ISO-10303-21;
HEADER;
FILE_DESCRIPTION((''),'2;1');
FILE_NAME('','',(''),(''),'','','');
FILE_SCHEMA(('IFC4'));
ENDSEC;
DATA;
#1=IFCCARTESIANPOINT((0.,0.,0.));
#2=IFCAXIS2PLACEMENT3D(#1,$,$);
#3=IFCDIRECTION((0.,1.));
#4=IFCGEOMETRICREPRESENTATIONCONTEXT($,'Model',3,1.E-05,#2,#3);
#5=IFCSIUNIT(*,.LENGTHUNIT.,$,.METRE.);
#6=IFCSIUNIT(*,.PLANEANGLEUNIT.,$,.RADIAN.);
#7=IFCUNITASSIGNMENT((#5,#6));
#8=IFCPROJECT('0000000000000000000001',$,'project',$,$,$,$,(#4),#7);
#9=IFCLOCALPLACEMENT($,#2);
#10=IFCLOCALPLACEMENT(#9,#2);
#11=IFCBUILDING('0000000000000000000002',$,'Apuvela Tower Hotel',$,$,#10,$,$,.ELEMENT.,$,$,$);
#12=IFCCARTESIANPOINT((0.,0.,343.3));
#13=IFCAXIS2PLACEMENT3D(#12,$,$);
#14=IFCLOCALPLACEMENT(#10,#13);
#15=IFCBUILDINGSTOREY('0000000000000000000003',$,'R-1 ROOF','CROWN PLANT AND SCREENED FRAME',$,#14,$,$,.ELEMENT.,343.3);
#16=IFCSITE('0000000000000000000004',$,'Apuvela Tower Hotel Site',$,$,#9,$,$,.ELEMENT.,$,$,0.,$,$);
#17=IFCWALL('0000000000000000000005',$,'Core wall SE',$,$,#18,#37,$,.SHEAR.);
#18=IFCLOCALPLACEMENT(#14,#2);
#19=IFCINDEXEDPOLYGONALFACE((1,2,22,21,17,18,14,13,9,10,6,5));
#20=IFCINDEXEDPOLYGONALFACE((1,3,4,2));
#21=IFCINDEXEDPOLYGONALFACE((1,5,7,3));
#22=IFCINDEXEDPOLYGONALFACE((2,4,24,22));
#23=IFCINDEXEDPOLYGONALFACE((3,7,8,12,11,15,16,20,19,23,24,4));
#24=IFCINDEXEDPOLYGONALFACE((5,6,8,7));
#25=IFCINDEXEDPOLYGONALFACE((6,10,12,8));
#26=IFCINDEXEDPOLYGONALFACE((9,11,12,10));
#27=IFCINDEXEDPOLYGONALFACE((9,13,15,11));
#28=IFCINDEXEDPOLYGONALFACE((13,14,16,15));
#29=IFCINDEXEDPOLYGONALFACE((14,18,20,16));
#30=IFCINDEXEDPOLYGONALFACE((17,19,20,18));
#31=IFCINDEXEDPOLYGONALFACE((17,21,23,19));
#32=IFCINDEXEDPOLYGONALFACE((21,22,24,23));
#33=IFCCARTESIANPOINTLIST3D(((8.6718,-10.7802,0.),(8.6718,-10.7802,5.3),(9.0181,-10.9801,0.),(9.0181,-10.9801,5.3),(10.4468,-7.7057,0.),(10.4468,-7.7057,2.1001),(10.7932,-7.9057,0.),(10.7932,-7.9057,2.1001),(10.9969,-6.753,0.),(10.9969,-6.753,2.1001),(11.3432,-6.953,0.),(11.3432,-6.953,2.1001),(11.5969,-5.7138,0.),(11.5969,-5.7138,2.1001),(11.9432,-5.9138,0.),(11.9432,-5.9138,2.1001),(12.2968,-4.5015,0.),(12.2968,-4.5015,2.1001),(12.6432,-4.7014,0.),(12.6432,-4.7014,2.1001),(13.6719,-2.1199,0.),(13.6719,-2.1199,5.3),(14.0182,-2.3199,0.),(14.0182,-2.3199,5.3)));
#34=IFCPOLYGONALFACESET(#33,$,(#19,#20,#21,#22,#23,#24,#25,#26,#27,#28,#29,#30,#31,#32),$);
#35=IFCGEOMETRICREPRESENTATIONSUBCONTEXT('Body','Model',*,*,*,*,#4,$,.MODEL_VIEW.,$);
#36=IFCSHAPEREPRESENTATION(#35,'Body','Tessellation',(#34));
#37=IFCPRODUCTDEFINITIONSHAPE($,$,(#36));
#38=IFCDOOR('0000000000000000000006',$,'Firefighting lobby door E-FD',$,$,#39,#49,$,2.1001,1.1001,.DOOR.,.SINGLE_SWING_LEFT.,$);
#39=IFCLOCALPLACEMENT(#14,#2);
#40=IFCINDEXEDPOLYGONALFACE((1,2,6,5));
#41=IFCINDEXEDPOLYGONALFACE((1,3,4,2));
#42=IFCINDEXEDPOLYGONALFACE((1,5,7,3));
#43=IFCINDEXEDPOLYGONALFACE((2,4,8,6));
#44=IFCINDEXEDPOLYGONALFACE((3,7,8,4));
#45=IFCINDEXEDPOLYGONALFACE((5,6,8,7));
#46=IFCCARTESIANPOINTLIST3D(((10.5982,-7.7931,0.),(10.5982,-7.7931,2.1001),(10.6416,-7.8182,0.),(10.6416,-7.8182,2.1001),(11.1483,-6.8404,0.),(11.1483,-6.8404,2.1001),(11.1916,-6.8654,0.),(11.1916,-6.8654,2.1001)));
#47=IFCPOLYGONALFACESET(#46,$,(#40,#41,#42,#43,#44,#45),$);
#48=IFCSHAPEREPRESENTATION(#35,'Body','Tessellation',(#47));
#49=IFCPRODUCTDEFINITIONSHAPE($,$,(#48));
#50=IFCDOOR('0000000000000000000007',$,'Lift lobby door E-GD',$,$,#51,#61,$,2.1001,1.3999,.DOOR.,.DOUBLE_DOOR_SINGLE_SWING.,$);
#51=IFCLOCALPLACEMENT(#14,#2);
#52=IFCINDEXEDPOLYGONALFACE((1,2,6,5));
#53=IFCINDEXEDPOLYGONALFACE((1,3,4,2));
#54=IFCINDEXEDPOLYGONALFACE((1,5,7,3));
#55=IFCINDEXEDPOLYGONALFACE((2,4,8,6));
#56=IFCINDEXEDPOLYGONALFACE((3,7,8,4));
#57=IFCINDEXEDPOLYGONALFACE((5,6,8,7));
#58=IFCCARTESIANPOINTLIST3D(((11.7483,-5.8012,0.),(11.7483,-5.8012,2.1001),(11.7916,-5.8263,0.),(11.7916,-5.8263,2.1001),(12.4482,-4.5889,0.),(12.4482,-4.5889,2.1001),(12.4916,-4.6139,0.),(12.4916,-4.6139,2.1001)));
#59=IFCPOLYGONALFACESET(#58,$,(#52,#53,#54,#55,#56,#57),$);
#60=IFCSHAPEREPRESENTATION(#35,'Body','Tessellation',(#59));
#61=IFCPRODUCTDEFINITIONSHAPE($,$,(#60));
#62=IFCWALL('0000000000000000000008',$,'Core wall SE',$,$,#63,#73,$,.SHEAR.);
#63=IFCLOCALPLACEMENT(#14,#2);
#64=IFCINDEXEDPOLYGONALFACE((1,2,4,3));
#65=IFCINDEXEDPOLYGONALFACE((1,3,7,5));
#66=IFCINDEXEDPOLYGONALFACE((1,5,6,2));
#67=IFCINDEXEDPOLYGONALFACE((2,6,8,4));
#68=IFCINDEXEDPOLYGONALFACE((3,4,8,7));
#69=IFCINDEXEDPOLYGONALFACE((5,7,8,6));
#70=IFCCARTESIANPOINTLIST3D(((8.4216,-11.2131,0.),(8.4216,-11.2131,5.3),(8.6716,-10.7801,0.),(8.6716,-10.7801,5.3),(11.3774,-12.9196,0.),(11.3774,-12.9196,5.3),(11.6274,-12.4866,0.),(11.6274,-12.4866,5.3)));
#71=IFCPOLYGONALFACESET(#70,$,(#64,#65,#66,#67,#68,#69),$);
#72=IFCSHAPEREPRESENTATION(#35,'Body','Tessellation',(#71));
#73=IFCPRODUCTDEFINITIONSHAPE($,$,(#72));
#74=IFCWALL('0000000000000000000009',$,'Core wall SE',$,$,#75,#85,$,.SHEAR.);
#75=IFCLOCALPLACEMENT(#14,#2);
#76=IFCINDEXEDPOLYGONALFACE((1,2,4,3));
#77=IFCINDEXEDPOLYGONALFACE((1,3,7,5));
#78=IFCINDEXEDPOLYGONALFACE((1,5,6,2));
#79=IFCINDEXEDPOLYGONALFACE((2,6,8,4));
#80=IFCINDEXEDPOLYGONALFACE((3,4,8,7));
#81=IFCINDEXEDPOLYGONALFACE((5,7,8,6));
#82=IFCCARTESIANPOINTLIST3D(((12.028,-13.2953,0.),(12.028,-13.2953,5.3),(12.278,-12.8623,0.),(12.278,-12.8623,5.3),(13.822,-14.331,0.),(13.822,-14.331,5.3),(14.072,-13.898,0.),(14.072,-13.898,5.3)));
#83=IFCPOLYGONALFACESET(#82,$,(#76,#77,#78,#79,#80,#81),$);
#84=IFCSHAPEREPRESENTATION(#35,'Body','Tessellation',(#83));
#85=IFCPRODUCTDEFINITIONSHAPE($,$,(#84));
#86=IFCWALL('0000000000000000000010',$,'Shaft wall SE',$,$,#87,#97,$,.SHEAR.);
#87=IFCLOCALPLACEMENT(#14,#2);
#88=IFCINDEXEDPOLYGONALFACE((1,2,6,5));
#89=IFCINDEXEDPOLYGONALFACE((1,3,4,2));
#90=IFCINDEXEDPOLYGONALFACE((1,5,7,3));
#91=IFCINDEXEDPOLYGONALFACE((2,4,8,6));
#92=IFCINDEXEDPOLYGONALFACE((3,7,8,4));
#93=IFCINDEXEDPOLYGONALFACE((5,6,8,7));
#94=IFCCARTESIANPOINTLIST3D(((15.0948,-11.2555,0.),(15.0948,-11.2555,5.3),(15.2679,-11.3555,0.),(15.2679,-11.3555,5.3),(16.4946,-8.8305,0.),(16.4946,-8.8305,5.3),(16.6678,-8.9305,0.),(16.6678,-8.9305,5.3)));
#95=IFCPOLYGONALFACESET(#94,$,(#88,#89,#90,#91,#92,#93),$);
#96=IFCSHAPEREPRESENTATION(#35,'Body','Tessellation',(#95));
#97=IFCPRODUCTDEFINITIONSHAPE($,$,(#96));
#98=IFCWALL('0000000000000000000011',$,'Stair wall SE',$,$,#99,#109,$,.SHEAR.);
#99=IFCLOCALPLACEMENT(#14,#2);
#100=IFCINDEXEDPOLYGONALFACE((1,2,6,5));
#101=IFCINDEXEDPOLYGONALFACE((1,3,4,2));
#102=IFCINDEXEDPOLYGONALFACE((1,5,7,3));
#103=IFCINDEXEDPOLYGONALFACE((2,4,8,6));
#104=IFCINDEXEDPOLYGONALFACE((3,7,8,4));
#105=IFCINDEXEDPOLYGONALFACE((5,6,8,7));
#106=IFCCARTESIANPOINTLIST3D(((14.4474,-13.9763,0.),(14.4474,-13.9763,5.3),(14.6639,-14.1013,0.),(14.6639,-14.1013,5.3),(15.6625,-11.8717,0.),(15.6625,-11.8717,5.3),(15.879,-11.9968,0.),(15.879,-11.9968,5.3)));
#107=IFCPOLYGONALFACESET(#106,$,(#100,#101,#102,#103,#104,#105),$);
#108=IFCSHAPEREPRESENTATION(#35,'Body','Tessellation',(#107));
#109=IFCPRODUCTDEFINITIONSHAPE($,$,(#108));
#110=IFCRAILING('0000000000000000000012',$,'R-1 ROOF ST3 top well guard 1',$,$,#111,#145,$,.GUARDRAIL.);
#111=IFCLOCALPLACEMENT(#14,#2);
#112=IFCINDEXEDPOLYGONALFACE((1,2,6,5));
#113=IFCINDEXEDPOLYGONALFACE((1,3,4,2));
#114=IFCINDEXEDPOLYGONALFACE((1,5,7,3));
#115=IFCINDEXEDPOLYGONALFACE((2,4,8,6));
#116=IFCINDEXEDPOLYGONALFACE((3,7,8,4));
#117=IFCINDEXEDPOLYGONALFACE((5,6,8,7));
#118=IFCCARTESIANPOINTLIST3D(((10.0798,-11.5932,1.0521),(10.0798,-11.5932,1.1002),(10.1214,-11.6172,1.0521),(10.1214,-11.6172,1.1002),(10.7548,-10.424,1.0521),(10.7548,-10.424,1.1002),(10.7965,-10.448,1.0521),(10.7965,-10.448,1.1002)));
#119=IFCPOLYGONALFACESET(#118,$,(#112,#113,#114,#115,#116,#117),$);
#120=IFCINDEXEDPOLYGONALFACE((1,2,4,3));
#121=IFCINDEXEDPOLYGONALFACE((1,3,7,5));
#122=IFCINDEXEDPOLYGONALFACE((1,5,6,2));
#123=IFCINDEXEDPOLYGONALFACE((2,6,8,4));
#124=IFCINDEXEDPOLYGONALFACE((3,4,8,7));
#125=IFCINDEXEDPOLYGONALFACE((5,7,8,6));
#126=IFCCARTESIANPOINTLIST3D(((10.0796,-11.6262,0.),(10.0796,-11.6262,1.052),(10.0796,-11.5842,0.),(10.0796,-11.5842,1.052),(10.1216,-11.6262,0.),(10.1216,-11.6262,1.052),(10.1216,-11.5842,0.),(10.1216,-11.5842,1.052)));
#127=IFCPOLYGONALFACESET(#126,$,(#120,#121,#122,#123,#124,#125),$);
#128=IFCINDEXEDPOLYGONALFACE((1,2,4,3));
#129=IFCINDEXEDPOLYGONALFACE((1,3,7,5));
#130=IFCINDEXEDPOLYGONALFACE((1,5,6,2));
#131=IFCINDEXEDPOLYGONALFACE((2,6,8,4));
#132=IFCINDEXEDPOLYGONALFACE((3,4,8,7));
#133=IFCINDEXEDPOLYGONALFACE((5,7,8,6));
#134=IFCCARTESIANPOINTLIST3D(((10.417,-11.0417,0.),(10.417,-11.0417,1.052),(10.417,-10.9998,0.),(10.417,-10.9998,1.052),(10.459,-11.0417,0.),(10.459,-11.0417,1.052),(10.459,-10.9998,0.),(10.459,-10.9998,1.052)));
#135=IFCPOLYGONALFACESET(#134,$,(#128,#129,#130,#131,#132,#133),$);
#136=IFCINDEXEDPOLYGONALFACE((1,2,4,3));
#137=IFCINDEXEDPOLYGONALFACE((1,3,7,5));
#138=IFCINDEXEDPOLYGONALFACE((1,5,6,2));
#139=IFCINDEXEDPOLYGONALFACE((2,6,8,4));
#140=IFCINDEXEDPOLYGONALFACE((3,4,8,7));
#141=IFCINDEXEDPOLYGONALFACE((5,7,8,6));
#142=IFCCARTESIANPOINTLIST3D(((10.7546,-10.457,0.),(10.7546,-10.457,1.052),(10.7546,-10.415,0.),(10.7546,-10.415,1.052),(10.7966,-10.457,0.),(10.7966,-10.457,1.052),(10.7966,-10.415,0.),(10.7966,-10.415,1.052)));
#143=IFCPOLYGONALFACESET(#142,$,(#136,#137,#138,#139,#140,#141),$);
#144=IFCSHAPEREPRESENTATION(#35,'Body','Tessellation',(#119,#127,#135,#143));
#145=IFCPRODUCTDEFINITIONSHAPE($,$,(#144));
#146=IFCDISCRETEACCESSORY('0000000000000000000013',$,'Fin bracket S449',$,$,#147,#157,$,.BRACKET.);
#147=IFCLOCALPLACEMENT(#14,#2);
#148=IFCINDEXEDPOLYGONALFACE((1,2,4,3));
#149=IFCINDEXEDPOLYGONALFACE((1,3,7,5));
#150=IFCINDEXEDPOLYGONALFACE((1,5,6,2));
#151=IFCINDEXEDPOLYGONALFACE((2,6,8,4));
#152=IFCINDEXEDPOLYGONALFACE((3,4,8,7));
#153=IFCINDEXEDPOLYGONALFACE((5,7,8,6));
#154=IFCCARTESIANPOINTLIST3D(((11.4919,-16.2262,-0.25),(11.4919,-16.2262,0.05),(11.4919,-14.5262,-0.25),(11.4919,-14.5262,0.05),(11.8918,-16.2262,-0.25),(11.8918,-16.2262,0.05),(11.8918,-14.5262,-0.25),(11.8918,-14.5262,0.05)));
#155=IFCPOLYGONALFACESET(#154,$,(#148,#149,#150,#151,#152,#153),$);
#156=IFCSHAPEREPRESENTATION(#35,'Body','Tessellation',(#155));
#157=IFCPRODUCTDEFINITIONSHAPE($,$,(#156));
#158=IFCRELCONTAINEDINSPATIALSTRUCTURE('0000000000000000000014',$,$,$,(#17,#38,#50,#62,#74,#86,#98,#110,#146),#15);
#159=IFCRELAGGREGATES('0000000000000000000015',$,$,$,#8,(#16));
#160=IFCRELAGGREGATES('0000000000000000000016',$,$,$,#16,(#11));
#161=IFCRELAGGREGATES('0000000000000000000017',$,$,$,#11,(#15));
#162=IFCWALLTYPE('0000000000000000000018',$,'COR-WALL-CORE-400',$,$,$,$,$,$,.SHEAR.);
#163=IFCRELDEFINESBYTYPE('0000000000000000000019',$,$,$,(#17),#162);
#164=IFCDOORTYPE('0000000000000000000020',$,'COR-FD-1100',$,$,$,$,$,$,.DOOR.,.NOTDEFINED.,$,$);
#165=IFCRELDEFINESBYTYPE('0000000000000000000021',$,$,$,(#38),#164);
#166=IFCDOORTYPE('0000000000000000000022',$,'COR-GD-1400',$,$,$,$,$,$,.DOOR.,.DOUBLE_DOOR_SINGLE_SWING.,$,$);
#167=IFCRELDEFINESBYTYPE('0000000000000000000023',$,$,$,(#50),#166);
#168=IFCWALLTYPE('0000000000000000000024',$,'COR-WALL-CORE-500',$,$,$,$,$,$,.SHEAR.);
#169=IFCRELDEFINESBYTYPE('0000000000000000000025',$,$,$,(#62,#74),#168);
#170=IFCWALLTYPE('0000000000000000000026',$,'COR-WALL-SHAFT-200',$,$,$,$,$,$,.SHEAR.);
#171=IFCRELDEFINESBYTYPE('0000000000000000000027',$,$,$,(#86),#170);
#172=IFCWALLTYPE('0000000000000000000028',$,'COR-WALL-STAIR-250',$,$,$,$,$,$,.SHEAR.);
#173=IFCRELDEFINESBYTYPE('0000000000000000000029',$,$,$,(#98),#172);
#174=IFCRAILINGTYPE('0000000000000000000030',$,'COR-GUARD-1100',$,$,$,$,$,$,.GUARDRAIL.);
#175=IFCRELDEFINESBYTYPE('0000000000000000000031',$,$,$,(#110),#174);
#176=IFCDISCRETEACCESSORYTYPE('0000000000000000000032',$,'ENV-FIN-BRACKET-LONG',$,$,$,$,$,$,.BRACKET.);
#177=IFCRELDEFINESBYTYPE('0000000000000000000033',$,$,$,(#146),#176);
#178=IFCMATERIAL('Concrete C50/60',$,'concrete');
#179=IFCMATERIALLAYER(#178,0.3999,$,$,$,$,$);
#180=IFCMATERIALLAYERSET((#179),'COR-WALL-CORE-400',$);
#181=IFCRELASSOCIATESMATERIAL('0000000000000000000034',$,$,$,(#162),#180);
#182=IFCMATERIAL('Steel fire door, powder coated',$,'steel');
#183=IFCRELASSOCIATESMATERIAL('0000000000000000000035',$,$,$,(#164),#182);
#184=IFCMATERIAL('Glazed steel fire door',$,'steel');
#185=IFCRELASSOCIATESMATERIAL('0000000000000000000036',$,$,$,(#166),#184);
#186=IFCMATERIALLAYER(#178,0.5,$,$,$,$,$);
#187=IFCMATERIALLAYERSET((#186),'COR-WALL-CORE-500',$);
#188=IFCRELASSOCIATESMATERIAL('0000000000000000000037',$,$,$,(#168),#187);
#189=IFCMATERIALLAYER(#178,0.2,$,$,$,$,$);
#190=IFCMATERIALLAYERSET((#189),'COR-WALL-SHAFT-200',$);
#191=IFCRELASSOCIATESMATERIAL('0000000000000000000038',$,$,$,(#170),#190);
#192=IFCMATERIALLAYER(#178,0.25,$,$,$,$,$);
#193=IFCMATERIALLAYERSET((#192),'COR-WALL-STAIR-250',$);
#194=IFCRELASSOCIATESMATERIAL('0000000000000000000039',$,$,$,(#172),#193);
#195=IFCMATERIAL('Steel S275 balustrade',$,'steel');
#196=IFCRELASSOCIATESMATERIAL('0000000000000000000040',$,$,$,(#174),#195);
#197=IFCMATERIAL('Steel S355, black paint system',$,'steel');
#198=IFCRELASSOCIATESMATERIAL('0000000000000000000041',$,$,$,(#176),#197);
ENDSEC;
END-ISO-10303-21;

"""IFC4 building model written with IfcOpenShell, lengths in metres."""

from ifc_helpers import new_model, si_unit, direction, frame, frame_2d, origin, origin_2d, place, context, subcontext, project, spatial, rectangle, extrude, material, layer, layer_set, type_object, element, fill, save


model = new_model("IFC4")

# Units and contexts
model_context = context("Model", 3, precision=1e-05, world=origin(), true_north=direction((0.0, 1.0)))
body_context = subcontext(model_context, "Body", "Model", "MODEL_VIEW")
ifc_project = project(units=[si_unit("LENGTHUNIT", "METRE"), si_unit("PLANEANGLEUNIT", "RADIAN")], contexts=[model_context])

# Site, building, storey
site_placement = place(None, origin())
site = spatial("IfcSite", under=ifc_project, at=site_placement, Name="Apuvela Tower Hotel Site", CompositionType="ELEMENT", RefElevation=0.0)
building_placement = place(site_placement, origin())
building = spatial("IfcBuilding", under=site, at=building_placement, Name="Apuvela Tower Hotel", CompositionType="ELEMENT")
storey_placement = place(building_placement, frame((0.0, 0.0, 343.3)))
storey = spatial("IfcBuildingStorey", under=building, at=storey_placement, Name="R-1 ROOF", Description="CROWN PLANT AND SCREENED FRAME", CompositionType="ELEMENT", Elevation=343.3)

# Shared definitions
ifc_material_1 = material(Name="Concrete C50/60", Category="concrete")

# Wall, openings, doors
ifc_layer_1 = layer(ifc_material_1, 0.3999)
ifc_layer_set_1 = layer_set([ifc_layer_1], Name="COR-WALL-CORE-400")
wall_type_1 = type_object("IfcWallType", Name="COR-WALL-CORE-400", PredefinedType="SHEAR", material=ifc_layer_set_1)
wall_1_placement = place(storey_placement, frame((8.845, -10.8801, 0.0), z_axis=(0.0, 0.0, 1.0), x_axis=(0.500004, 0.866023, 0.0)))
wall_1 = element("IfcWall", 1, at=wall_1_placement, inside=storey, type_object=wall_type_1, Name="Core wall SE", PredefinedType="SHEAR", context=body_context, shape_type="SweptSolid", body=[
    extrude(rectangle(XDim=10.0, YDim=0.3999, at=frame_2d((5.0, 0.0))), origin(), (0.0, 0.0, 1.0), 5.3),
])
opening_1_placement = place(wall_1_placement, frame((3.55, 0.0, 0.0)))
opening_1 = element("IfcOpeningElement", 2, at=opening_1_placement, cuts=wall_1, PredefinedType="OPENING", context=body_context, shape_type="SweptSolid", body=[
    extrude(rectangle(XDim=1.1001, YDim=2.1001, at=frame_2d((0.55, 1.05))), frame((0.0, 0.21, 0.0), z_axis=(0.0, -1.0, 0.0), x_axis=(1.0, 0.0, 0.0)), (0.0, 0.0, 1.0), 0.4199),
])
opening_2_placement = place(wall_1_placement, frame((5.8501, 0.0, 0.0)))
opening_2 = element("IfcOpeningElement", 3, at=opening_2_placement, cuts=wall_1, PredefinedType="OPENING", context=body_context, shape_type="SweptSolid", body=[
    extrude(rectangle(XDim=1.3999, YDim=2.1001, at=frame_2d((0.7, 1.05))), frame((0.0, 0.21, 0.0), z_axis=(0.0, -1.0, 0.0), x_axis=(1.0, 0.0, 0.0)), (0.0, 0.0, 1.0), 0.4199),
])
ifc_material_2 = material(Name="Steel fire door, powder coated", Category="steel")
door_type_1 = type_object("IfcDoorType", Name="COR-FD-1100", OperationType="NOTDEFINED", PredefinedType="DOOR", material=ifc_material_2)
door_1_placement = place(opening_1_placement, frame((1.1001, 0.0, 0.0), z_axis=(0.0, 0.0, 1.0), x_axis=(-1.0, 0.0, 0.0)))
door_1 = element("IfcDoor", 4, at=door_1_placement, inside=storey, type_object=door_type_1, Name="Firefighting lobby door E-FD", OperationType="SINGLE_SWING_LEFT", OverallHeight=2.1001, OverallWidth=1.1001, PredefinedType="DOOR", context=body_context, shape_type="SweptSolid", body=[
    extrude(rectangle(XDim=1.1001, YDim=2.1001, at=frame_2d((0.55, 1.05))), frame((0.0, 0.0249, 0.0), z_axis=(0.0, -1.0, 0.0), x_axis=(1.0, 0.0, 0.0)), (0.0, 0.0, 1.0), 0.05),
])
fill(opening_1, door_1)
ifc_material_3 = material(Name="Glazed steel fire door", Category="steel")
door_type_2 = type_object("IfcDoorType", Name="COR-GD-1400", OperationType="DOUBLE_DOOR_SINGLE_SWING", PredefinedType="DOOR", material=ifc_material_3)
door_2_placement = place(opening_2_placement, frame((1.3999, 0.0, 0.0), z_axis=(0.0, 0.0, 1.0), x_axis=(-1.0, 0.0, 0.0)))
door_2 = element("IfcDoor", 5, at=door_2_placement, inside=storey, type_object=door_type_2, Name="Lift lobby door E-GD", OperationType="DOUBLE_DOOR_SINGLE_SWING", OverallHeight=2.1001, OverallWidth=1.3999, PredefinedType="DOOR", context=body_context, shape_type="SweptSolid", body=[
    extrude(rectangle(XDim=1.3999, YDim=2.1001, at=frame_2d((0.7, 1.05))), frame((0.0, 0.0249, 0.0), z_axis=(0.0, -1.0, 0.0), x_axis=(1.0, 0.0, 0.0)), (0.0, 0.0, 1.0), 0.05),
])
fill(opening_2, door_2)

# Walls
ifc_layer_2 = layer(ifc_material_1, 0.5)
ifc_layer_set_2 = layer_set([ifc_layer_2], Name="COR-WALL-CORE-500")
wall_type_2 = type_object("IfcWallType", Name="COR-WALL-CORE-500", PredefinedType="SHEAR", material=ifc_layer_set_2)
wall_2_placement = place(storey_placement, frame((8.5466, -10.9966, 0.0), z_axis=(0.0, 0.0, 1.0), x_axis=(0.866025, -0.500001, 0.0)))
element("IfcWall", 6, at=wall_2_placement, inside=storey, type_object=wall_type_2, Name="Core wall SE", PredefinedType="SHEAR", context=body_context, shape_type="SweptSolid", body=[
    extrude(rectangle(XDim=3.4131, YDim=0.5, at=frame_2d((1.7065, 0.0))), origin(), (0.0, 0.0, 1.0), 5.3),
])
wall_3_placement = place(storey_placement, frame((12.1531, -13.0789, 0.0), z_axis=(0.0, 0.0, 1.0), x_axis=(0.866044, -0.499967, 0.0)))
element("IfcWall", 7, at=wall_3_placement, inside=storey, type_object=wall_type_2, Name="Core wall SE", PredefinedType="SHEAR", context=body_context, shape_type="SweptSolid", body=[
    extrude(rectangle(XDim=2.0715, YDim=0.5, at=frame_2d((1.0356, 0.0))), origin(), (0.0, 0.0, 1.0), 5.3),
])
ifc_layer_3 = layer(ifc_material_1, 0.2)
ifc_layer_set_3 = layer_set([ifc_layer_3], Name="COR-WALL-SHAFT-200")
wall_type_3 = type_object("IfcWallType", Name="COR-WALL-SHAFT-200", PredefinedType="SHEAR", material=ifc_layer_set_3)
wall_4_placement = place(storey_placement, frame((15.1814, -11.3054, 0.0), z_axis=(0.0, 0.0, 1.0), x_axis=(0.499946, 0.866056, 0.0)))
element("IfcWall", 8, at=wall_4_placement, inside=storey, type_object=wall_type_3, Name="Shaft wall SE", PredefinedType="SHEAR", context=body_context, shape_type="SweptSolid", body=[
    extrude(rectangle(XDim=2.8, YDim=0.2, at=frame_2d((1.3999, 0.0))), origin(), (0.0, 0.0, 1.0), 5.3),
])
ifc_layer_4 = layer(ifc_material_1, 0.25)
ifc_layer_set_4 = layer_set([ifc_layer_4], Name="COR-WALL-STAIR-250")
wall_type_4 = type_object("IfcWallType", Name="COR-WALL-STAIR-250", PredefinedType="SHEAR", material=ifc_layer_set_4)
wall_5_placement = place(storey_placement, frame((14.5557, -14.0388, 0.0), z_axis=(0.0, 0.0, 1.0), x_axis=(0.500018, 0.866015, 0.0)))
element("IfcWall", 9, at=wall_5_placement, inside=storey, type_object=wall_type_4, Name="Stair wall SE", PredefinedType="SHEAR", context=body_context, shape_type="SweptSolid", body=[
    extrude(rectangle(XDim=2.4302, YDim=0.25, at=frame_2d((1.2151, 0.0))), origin(), (0.0, 0.0, 1.0), 5.3),
])

# Railing
ifc_material_4 = material(Name="Steel S275 balustrade", Category="steel")
railing_type = type_object("IfcRailingType", Name="COR-GUARD-1100", PredefinedType="GUARDRAIL", material=ifc_material_4)
railing_placement = place(storey_placement, frame((10.1006, -11.6052, 0.0)))
element("IfcRailing", 10, at=railing_placement, inside=storey, type_object=railing_type, Name="R-1 ROOF ST3 top well guard 1", PredefinedType="GUARDRAIL", context=body_context, shape_type="SweptSolid", body=[
    extrude(rectangle(XDim=0.0481, YDim=0.0481, at=origin_2d()), frame((0.0, 0.0, 1.0762), z_axis=(0.500009, 0.86602, 0.0), x_axis=(-0.86602, 0.500009, 0.0)), (0.0, 0.0, 1.0), 1.3501),
    extrude(rectangle(XDim=0.042, YDim=0.042, at=origin_2d()), origin(), (0.0, 0.0, 1.0), 1.052),
    extrude(rectangle(XDim=0.042, YDim=0.042, at=origin_2d()), frame((0.3374, 0.5845, 0.0)), (0.0, 0.0, 1.0), 1.052),
    extrude(rectangle(XDim=0.042, YDim=0.042, at=origin_2d()), frame((0.675, 1.1692, 0.0)), (0.0, 0.0, 1.0), 1.052),
])

# Discrete accessory
ifc_material_5 = material(Name="Steel S355, black paint system", Category="steel")
discrete_accessory_type = type_object("IfcDiscreteAccessoryType", Name="ENV-FIN-BRACKET-LONG", PredefinedType="BRACKET", material=ifc_material_5)
discrete_accessory_placement = place(storey_placement, frame((11.6919, -15.3762, -0.25), z_axis=(0.0, 0.0, 1.0), x_axis=(1.0, 0.0, 0.0)))
element("IfcDiscreteAccessory", 11, at=discrete_accessory_placement, inside=storey, type_object=discrete_accessory_type, Name="Fin bracket S449", PredefinedType="BRACKET", context=body_context, shape_type="SweptSolid", body=[
    extrude(rectangle(XDim=0.3999, YDim=1.7, at=origin_2d()), origin(), (0.0, 0.0, 1.0), 0.3),
])

save(model, "model.ifc")
